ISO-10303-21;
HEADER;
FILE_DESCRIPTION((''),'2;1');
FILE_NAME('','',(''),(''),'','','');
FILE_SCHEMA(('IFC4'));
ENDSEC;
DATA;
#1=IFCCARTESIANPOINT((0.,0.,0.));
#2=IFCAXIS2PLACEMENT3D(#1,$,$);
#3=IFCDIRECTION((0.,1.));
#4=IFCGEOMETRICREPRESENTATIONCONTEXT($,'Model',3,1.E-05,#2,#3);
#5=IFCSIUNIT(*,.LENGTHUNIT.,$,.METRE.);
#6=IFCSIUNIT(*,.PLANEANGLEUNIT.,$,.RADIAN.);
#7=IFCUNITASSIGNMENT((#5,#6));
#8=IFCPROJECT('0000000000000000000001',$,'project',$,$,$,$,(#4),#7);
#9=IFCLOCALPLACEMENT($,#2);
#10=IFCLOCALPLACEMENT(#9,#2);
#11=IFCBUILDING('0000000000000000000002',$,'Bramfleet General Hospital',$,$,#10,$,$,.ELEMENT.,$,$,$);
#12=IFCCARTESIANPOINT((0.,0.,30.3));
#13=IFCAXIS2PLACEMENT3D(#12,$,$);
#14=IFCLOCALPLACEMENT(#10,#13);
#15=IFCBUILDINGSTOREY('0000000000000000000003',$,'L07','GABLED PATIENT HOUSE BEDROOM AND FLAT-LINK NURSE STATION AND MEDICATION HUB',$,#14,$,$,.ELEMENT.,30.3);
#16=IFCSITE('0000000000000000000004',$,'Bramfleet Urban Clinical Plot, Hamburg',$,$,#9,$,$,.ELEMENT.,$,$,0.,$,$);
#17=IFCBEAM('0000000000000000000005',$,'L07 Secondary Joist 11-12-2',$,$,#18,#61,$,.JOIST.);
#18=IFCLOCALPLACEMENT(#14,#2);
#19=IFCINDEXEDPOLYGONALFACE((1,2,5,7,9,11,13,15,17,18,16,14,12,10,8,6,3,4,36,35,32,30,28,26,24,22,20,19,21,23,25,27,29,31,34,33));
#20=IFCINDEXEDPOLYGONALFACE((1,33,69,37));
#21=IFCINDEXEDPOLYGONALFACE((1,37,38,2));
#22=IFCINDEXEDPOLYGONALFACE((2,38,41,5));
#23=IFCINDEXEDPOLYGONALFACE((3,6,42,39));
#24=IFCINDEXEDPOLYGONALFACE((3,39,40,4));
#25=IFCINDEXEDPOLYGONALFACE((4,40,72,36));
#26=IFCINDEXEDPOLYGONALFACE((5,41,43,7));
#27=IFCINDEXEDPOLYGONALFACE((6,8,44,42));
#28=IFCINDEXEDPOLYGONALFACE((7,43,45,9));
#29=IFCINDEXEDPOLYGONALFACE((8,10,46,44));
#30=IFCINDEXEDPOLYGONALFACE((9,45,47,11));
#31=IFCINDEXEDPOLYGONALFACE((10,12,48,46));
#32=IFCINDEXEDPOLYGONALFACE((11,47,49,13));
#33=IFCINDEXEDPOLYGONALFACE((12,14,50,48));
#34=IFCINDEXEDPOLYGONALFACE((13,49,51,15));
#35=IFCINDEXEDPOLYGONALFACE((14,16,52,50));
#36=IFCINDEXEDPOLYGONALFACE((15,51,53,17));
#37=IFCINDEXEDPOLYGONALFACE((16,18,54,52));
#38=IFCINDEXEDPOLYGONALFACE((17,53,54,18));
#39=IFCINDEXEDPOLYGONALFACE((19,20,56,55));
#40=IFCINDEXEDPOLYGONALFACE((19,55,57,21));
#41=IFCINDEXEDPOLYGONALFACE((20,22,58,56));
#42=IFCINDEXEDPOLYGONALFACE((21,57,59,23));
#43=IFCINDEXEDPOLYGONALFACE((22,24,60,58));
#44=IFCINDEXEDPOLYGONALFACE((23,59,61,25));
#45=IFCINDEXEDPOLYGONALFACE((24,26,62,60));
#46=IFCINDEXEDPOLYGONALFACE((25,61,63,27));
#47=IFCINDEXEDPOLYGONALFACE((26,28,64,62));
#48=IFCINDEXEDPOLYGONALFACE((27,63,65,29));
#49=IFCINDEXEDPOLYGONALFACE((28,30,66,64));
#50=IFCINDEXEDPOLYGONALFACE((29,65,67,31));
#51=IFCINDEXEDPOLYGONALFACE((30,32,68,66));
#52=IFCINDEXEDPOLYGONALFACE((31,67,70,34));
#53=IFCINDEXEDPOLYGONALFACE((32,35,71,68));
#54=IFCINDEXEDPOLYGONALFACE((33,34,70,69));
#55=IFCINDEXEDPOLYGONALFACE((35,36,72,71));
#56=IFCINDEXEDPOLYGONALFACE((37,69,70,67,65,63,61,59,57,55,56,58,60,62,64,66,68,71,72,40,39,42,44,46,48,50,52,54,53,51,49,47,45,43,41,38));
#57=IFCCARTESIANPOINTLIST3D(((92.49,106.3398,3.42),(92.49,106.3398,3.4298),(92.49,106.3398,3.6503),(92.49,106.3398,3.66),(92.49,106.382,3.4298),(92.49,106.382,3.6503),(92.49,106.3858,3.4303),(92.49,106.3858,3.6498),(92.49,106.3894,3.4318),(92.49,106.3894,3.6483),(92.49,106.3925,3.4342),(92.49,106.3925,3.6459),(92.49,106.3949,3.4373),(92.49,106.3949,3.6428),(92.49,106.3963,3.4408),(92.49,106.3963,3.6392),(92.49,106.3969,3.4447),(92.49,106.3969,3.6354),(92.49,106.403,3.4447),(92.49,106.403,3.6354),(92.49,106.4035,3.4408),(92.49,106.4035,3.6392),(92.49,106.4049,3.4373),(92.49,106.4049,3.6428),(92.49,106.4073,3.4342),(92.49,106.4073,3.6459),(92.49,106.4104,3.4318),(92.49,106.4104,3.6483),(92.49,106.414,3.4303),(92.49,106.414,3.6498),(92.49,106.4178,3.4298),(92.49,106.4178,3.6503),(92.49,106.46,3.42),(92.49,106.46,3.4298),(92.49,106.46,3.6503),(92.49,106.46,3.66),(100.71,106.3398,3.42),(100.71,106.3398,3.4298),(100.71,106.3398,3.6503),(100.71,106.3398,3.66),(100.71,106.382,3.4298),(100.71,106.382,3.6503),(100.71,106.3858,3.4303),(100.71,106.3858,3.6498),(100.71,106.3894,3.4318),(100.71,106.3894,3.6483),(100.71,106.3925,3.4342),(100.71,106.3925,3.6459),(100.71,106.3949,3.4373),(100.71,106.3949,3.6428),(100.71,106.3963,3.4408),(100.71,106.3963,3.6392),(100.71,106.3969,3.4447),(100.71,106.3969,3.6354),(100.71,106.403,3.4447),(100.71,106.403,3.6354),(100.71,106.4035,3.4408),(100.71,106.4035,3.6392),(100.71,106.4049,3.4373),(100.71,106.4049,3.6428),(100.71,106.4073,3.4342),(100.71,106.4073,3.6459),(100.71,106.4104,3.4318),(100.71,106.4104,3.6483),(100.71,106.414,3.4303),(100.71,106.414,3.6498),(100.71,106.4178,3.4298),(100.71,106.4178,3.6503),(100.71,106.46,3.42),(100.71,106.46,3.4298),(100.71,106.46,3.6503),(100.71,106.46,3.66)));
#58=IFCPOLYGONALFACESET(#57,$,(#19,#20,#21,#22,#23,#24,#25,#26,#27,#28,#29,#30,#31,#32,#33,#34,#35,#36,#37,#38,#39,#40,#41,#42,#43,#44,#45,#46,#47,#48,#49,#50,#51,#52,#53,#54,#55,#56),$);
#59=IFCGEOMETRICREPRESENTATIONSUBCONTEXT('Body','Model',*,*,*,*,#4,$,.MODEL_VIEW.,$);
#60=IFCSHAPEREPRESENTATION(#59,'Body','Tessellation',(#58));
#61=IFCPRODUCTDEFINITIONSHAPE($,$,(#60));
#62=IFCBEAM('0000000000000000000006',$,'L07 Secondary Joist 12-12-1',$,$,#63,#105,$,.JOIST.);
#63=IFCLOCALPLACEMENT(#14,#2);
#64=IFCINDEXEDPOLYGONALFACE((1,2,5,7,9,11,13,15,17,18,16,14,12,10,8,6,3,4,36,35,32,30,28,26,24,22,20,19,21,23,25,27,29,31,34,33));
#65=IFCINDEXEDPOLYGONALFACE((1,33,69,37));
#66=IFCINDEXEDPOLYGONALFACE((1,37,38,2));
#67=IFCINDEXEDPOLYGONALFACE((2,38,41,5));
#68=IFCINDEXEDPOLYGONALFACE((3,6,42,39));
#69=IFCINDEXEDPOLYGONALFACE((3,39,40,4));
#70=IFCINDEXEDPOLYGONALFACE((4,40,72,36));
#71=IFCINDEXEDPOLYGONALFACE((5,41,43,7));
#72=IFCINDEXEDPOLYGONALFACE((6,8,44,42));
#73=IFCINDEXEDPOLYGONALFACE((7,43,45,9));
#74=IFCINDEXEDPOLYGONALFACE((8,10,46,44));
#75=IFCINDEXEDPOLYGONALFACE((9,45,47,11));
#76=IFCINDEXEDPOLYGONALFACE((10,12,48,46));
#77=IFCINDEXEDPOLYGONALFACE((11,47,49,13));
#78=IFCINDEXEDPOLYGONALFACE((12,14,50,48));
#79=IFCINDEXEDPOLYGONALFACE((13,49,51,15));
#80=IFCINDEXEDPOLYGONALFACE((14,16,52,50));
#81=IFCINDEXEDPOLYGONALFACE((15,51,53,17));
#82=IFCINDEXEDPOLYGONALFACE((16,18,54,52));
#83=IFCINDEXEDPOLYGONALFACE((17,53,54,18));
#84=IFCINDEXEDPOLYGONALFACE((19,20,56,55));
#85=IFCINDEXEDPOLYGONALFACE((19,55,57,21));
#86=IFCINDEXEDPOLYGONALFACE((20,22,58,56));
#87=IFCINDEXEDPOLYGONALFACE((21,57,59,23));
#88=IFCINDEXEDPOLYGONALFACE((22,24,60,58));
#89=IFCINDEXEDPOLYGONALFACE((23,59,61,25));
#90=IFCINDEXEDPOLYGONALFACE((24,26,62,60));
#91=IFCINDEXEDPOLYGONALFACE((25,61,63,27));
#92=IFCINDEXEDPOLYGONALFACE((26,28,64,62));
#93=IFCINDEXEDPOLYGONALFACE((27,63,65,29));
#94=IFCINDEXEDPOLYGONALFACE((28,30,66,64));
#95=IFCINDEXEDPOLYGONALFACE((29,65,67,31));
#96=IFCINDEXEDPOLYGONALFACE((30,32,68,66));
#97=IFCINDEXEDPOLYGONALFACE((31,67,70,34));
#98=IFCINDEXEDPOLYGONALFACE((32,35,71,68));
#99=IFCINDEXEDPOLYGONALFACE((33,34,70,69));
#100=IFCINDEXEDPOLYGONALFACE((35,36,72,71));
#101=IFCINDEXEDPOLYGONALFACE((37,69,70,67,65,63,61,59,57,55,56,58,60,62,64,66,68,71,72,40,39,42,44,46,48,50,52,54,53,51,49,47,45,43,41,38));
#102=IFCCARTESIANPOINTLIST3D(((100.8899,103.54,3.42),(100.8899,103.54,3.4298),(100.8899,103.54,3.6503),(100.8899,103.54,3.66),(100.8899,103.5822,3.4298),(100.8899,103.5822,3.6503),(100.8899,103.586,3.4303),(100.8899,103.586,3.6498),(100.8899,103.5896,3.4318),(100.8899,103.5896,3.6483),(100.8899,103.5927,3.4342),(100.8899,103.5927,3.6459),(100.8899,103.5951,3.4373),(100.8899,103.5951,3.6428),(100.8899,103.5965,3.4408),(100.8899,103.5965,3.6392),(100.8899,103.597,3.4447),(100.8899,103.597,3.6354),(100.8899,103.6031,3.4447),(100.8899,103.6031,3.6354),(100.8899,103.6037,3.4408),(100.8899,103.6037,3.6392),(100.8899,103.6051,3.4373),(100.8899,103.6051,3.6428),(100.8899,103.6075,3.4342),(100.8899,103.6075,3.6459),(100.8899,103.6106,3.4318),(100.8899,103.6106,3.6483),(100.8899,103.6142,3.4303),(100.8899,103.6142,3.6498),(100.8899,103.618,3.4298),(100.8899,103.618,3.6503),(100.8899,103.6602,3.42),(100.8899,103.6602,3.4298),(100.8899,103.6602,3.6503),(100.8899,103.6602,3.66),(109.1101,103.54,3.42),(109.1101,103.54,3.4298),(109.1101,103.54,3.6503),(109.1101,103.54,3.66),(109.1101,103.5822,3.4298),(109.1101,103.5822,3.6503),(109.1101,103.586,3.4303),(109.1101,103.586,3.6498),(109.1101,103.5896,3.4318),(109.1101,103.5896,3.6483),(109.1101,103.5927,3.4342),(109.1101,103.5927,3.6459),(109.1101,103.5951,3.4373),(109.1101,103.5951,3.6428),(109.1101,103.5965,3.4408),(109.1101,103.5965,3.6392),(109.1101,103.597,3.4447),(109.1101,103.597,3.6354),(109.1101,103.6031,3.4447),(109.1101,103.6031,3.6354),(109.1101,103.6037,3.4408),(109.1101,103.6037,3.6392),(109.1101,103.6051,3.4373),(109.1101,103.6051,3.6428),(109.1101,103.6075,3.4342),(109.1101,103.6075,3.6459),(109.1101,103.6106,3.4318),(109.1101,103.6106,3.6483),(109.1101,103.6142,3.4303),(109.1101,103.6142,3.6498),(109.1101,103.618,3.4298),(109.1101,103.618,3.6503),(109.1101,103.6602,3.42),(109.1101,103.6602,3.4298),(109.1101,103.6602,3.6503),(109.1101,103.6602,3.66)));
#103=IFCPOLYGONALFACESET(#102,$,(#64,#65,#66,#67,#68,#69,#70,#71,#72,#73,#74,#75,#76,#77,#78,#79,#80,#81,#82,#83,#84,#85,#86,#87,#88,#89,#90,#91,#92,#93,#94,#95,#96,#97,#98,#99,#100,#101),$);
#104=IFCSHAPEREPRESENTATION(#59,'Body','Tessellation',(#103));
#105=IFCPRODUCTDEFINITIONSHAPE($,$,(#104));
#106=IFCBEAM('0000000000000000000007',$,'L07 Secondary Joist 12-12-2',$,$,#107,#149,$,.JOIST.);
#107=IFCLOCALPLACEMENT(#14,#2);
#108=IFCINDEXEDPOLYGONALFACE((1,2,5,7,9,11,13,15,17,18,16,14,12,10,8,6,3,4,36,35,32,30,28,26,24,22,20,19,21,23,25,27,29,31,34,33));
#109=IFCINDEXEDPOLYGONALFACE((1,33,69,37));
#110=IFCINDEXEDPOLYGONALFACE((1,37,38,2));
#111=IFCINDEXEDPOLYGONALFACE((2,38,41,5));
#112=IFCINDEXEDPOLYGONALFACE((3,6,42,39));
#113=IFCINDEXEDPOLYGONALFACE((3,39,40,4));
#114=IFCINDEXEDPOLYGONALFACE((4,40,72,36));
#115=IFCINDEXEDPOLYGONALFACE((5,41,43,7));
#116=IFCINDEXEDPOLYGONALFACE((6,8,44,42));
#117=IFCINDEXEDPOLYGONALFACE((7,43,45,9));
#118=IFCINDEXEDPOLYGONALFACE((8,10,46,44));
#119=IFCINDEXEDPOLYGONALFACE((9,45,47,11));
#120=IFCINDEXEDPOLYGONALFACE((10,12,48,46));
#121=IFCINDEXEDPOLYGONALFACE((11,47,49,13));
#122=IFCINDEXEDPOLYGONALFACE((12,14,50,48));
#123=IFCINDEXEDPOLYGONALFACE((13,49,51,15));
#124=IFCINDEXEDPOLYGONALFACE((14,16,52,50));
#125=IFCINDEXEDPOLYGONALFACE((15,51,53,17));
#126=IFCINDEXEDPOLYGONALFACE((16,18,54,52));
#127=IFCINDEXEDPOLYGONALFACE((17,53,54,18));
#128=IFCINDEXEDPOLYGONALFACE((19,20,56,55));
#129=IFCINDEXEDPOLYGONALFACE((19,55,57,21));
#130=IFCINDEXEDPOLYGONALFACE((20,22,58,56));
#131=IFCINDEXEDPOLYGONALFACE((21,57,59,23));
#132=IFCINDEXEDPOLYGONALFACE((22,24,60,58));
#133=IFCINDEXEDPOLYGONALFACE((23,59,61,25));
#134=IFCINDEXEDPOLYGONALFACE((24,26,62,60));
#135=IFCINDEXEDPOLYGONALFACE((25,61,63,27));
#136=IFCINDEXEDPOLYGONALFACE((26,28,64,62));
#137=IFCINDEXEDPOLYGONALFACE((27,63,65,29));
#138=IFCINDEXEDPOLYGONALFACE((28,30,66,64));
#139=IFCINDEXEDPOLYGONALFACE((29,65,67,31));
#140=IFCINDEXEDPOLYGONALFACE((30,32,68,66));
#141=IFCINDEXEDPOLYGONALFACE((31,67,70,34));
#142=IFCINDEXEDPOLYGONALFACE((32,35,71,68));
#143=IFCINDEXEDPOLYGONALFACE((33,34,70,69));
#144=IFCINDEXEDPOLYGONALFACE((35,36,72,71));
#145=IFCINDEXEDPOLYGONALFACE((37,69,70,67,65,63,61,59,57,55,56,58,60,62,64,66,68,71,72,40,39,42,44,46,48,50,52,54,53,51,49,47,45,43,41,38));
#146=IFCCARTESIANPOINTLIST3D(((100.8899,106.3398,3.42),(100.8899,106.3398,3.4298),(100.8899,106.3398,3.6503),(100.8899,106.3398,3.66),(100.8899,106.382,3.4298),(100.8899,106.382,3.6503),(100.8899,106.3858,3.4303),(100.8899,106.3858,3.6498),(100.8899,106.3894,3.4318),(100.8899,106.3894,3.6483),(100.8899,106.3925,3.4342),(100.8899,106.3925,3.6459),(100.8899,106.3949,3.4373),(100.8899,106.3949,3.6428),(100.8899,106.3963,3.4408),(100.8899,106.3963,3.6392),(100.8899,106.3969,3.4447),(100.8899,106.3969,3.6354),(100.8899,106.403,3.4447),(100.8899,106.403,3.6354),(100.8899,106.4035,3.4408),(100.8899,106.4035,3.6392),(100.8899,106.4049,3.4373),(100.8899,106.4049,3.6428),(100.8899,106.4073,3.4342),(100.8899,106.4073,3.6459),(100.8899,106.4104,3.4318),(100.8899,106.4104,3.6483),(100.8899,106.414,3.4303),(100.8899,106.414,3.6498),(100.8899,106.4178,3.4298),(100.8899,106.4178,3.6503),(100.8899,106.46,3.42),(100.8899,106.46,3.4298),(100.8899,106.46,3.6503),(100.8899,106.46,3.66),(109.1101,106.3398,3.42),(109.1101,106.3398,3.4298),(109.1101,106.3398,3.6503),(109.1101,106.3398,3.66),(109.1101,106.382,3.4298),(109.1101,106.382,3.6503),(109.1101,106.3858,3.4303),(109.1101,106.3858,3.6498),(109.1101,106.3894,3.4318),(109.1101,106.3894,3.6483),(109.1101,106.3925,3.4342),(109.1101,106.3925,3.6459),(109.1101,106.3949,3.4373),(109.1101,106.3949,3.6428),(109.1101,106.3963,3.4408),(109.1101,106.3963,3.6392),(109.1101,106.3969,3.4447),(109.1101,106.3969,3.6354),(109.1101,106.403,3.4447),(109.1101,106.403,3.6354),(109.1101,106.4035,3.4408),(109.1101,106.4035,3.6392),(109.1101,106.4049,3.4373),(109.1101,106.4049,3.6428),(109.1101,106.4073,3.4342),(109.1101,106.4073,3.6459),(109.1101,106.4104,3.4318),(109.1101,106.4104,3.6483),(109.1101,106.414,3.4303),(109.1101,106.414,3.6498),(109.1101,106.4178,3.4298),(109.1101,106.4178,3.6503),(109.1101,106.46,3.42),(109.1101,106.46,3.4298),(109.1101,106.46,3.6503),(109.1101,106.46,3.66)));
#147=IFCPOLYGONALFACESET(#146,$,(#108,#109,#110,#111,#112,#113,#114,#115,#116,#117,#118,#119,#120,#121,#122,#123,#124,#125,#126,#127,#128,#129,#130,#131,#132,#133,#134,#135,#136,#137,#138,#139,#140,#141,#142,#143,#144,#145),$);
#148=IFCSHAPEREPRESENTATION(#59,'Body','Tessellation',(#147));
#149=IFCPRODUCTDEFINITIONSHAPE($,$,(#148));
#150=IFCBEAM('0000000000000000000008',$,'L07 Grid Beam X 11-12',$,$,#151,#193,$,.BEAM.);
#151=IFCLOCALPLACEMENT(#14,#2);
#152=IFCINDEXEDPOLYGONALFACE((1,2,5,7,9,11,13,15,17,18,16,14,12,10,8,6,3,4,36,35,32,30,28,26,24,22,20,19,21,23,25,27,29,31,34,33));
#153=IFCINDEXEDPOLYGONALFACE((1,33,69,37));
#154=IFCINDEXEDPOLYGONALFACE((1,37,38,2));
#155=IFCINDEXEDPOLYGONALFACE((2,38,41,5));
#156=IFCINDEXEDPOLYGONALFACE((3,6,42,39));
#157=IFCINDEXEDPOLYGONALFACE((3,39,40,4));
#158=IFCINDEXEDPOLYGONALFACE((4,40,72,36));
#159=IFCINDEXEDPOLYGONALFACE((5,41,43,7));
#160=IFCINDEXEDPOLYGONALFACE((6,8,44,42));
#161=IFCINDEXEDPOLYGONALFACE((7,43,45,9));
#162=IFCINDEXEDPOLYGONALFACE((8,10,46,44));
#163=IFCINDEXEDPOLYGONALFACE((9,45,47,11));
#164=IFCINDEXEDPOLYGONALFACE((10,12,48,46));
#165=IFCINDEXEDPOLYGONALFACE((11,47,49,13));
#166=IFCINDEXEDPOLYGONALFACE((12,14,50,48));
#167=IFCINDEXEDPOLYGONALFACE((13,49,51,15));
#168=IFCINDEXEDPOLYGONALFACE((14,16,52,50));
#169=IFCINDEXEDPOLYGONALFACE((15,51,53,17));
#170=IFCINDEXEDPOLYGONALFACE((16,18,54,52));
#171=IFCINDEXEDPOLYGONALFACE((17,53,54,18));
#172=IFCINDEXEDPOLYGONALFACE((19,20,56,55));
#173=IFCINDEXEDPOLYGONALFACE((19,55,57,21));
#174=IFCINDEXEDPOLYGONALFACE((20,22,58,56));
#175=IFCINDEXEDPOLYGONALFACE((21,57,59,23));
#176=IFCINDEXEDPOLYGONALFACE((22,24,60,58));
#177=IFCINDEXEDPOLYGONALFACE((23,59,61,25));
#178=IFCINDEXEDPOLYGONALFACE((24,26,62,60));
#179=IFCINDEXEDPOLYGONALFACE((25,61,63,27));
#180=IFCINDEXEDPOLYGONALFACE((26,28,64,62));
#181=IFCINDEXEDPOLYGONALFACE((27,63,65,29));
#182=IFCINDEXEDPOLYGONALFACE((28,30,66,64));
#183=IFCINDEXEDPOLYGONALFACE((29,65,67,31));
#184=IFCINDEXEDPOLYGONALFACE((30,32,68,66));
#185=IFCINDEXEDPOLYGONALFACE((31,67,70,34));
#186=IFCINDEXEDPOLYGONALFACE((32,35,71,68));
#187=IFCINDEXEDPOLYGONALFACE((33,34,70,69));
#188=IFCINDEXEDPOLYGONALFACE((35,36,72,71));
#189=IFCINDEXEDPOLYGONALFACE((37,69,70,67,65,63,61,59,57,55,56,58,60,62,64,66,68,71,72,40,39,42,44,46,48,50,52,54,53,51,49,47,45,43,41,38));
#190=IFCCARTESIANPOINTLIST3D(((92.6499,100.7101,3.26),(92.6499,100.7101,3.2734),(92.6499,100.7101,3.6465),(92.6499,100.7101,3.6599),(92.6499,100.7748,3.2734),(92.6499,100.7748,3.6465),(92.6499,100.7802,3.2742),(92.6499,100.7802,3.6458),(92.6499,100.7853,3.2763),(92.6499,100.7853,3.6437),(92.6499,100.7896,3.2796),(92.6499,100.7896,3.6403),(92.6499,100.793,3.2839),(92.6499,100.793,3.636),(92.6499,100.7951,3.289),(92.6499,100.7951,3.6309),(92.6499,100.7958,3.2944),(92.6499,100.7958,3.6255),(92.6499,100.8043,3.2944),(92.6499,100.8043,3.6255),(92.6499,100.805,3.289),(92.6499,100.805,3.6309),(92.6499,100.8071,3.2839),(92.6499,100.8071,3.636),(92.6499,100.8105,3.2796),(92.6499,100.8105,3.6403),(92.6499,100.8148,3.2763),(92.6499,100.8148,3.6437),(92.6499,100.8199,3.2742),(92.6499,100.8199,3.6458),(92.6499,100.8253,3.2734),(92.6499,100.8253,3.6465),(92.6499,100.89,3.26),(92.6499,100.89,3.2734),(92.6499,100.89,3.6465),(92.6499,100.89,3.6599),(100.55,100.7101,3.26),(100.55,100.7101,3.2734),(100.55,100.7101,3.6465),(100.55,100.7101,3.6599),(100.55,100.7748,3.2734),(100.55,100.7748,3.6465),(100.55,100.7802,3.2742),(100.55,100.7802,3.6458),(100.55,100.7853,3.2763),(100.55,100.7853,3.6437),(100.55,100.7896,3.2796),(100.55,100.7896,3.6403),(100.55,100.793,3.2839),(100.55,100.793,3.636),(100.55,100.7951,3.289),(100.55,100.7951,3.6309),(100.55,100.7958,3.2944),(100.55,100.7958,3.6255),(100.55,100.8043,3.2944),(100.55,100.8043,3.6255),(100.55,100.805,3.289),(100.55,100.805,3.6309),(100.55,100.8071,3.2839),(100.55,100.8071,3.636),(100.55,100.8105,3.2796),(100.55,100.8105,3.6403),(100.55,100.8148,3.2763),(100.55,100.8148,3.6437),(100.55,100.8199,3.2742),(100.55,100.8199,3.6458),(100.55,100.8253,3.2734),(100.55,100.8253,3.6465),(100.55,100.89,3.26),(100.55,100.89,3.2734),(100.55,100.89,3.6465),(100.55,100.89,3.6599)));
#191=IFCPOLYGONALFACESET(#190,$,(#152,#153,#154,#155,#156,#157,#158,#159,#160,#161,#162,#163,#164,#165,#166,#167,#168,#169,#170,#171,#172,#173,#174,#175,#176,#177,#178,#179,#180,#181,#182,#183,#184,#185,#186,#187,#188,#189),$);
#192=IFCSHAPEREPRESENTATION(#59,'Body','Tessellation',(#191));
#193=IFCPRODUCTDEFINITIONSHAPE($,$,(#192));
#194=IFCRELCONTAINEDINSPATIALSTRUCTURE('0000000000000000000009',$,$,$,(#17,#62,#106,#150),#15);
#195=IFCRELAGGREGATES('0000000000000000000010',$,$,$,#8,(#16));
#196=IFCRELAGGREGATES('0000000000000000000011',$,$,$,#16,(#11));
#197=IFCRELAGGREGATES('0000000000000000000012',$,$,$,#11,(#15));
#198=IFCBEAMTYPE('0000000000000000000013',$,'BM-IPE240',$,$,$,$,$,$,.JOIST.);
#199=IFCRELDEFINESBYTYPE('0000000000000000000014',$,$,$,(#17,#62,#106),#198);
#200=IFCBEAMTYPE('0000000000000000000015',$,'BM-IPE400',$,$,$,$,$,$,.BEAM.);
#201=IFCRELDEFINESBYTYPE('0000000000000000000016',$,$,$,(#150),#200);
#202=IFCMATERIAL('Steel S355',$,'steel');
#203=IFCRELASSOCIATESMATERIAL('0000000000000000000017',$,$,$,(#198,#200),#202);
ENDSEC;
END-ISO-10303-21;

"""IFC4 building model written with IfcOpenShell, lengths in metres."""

from ifc_helpers import new_model, si_unit, direction, frame, origin, origin_2d, place, context, subcontext, project, spatial, i_section, extrude, material, material_profile, profile_set, type_object, element, save


model = new_model("IFC4")

# Units and contexts
model_context = context("Model", 3, precision=1e-05, world=origin(), true_north=direction((0.0, 1.0)))
body_context = subcontext(model_context, "Body", "Model", "MODEL_VIEW")
ifc_project = project(units=[si_unit("LENGTHUNIT", "METRE"), si_unit("PLANEANGLEUNIT", "RADIAN")], contexts=[model_context])

# Site, building, storey
site_placement = place(None, origin())
site = spatial("IfcSite", under=ifc_project, at=site_placement, Name="Bramfleet Urban Clinical Plot, Hamburg", CompositionType="ELEMENT", RefElevation=0.0)
building_placement = place(site_placement, origin())
building = spatial("IfcBuilding", under=site, at=building_placement, Name="Bramfleet General Hospital", CompositionType="ELEMENT")
storey_placement = place(building_placement, frame((0.0, 0.0, 30.3)))
storey = spatial("IfcBuildingStorey", under=building, at=storey_placement, Name="L07", Description="GABLED PATIENT HOUSE BEDROOM AND FLAT-LINK NURSE STATION AND MEDICATION HUB", CompositionType="ELEMENT", Elevation=30.3)

# Beams
ifc_material_1 = material(Name="Steel S355", Category="steel")
ifc_material_profile_1 = material_profile(ifc_material_1, i_section(OverallWidth=0.1201, OverallDepth=0.24, WebThickness=0.0061, FlangeThickness=0.0098, FilletRadius=0.0149, at=origin_2d()), Name="IPE 240")
ifc_profile_set_1 = profile_set([ifc_material_profile_1], Name="Steel S355")
beam_type_1 = type_object("IfcBeamType", Name="BM-IPE240", PredefinedType="JOIST", material=ifc_profile_set_1)
for number, where, z_axis, x_axis, name in (
    (1, (92.49, 106.3999, 3.54), (1.0, 0.0, 0.0), (0.0, 1.0, 0.0), "L07 Secondary Joist 11-12-2"),
):
    element("IfcBeam", number, at=place(storey_placement, frame(where, z_axis=z_axis, x_axis=x_axis)), inside=storey, type_object=beam_type_1, Name=name, PredefinedType="JOIST", context=body_context, shape_type="SweptSolid", body=[
        extrude(i_section(OverallWidth=0.1201, OverallDepth=0.24, WebThickness=0.0061, FlangeThickness=0.0098, FilletRadius=0.0149, at=origin_2d()), origin(), (0.0, 0.0, 1.0), 8.22),
    ])
for number, where, z_axis, x_axis, name in (
    (2, (100.8899, 103.6001, 3.54), (1.0, 0.0, 0.0), (0.0, 1.0, 0.0), "L07 Secondary Joist 12-12-1"),
    (3, (100.8899, 106.3999, 3.54), (1.0, 0.0, 0.0), (0.0, 1.0, 0.0), "L07 Secondary Joist 12-12-2"),
):
    element("IfcBeam", number, at=place(storey_placement, frame(where, z_axis=z_axis, x_axis=x_axis)), inside=storey, type_object=beam_type_1, Name=name, PredefinedType="JOIST", context=body_context, shape_type="SweptSolid", body=[
        extrude(i_section(OverallWidth=0.1201, OverallDepth=0.24, WebThickness=0.0061, FlangeThickness=0.0098, FilletRadius=0.0149, at=origin_2d()), origin(), (0.0, 0.0, 1.0), 8.2202),
    ])
ifc_material_profile_2 = material_profile(ifc_material_1, i_section(OverallWidth=0.1799, OverallDepth=0.3999, WebThickness=0.0085, FlangeThickness=0.0134, FilletRadius=0.021, at=origin_2d()), Name="IPE 400")
ifc_profile_set_2 = profile_set([ifc_material_profile_2], Name="Steel S355")
beam_type_2 = type_object("IfcBeamType", Name="BM-IPE400", PredefinedType="BEAM", material=ifc_profile_set_2)
beam_placement = place(storey_placement, frame((92.6499, 100.8, 3.46), z_axis=(1.0, 0.0, 0.0), x_axis=(0.0, 1.0, 0.0)))
element("IfcBeam", 4, at=beam_placement, inside=storey, type_object=beam_type_2, Name="L07 Grid Beam X 11-12", PredefinedType="BEAM", context=body_context, shape_type="SweptSolid", body=[
    extrude(i_section(OverallWidth=0.1799, OverallDepth=0.3999, WebThickness=0.0085, FlangeThickness=0.0134, FilletRadius=0.021, at=origin_2d()), origin(), (0.0, 0.0, 1.0), 7.9001),
])

save(model, "model.ifc")
